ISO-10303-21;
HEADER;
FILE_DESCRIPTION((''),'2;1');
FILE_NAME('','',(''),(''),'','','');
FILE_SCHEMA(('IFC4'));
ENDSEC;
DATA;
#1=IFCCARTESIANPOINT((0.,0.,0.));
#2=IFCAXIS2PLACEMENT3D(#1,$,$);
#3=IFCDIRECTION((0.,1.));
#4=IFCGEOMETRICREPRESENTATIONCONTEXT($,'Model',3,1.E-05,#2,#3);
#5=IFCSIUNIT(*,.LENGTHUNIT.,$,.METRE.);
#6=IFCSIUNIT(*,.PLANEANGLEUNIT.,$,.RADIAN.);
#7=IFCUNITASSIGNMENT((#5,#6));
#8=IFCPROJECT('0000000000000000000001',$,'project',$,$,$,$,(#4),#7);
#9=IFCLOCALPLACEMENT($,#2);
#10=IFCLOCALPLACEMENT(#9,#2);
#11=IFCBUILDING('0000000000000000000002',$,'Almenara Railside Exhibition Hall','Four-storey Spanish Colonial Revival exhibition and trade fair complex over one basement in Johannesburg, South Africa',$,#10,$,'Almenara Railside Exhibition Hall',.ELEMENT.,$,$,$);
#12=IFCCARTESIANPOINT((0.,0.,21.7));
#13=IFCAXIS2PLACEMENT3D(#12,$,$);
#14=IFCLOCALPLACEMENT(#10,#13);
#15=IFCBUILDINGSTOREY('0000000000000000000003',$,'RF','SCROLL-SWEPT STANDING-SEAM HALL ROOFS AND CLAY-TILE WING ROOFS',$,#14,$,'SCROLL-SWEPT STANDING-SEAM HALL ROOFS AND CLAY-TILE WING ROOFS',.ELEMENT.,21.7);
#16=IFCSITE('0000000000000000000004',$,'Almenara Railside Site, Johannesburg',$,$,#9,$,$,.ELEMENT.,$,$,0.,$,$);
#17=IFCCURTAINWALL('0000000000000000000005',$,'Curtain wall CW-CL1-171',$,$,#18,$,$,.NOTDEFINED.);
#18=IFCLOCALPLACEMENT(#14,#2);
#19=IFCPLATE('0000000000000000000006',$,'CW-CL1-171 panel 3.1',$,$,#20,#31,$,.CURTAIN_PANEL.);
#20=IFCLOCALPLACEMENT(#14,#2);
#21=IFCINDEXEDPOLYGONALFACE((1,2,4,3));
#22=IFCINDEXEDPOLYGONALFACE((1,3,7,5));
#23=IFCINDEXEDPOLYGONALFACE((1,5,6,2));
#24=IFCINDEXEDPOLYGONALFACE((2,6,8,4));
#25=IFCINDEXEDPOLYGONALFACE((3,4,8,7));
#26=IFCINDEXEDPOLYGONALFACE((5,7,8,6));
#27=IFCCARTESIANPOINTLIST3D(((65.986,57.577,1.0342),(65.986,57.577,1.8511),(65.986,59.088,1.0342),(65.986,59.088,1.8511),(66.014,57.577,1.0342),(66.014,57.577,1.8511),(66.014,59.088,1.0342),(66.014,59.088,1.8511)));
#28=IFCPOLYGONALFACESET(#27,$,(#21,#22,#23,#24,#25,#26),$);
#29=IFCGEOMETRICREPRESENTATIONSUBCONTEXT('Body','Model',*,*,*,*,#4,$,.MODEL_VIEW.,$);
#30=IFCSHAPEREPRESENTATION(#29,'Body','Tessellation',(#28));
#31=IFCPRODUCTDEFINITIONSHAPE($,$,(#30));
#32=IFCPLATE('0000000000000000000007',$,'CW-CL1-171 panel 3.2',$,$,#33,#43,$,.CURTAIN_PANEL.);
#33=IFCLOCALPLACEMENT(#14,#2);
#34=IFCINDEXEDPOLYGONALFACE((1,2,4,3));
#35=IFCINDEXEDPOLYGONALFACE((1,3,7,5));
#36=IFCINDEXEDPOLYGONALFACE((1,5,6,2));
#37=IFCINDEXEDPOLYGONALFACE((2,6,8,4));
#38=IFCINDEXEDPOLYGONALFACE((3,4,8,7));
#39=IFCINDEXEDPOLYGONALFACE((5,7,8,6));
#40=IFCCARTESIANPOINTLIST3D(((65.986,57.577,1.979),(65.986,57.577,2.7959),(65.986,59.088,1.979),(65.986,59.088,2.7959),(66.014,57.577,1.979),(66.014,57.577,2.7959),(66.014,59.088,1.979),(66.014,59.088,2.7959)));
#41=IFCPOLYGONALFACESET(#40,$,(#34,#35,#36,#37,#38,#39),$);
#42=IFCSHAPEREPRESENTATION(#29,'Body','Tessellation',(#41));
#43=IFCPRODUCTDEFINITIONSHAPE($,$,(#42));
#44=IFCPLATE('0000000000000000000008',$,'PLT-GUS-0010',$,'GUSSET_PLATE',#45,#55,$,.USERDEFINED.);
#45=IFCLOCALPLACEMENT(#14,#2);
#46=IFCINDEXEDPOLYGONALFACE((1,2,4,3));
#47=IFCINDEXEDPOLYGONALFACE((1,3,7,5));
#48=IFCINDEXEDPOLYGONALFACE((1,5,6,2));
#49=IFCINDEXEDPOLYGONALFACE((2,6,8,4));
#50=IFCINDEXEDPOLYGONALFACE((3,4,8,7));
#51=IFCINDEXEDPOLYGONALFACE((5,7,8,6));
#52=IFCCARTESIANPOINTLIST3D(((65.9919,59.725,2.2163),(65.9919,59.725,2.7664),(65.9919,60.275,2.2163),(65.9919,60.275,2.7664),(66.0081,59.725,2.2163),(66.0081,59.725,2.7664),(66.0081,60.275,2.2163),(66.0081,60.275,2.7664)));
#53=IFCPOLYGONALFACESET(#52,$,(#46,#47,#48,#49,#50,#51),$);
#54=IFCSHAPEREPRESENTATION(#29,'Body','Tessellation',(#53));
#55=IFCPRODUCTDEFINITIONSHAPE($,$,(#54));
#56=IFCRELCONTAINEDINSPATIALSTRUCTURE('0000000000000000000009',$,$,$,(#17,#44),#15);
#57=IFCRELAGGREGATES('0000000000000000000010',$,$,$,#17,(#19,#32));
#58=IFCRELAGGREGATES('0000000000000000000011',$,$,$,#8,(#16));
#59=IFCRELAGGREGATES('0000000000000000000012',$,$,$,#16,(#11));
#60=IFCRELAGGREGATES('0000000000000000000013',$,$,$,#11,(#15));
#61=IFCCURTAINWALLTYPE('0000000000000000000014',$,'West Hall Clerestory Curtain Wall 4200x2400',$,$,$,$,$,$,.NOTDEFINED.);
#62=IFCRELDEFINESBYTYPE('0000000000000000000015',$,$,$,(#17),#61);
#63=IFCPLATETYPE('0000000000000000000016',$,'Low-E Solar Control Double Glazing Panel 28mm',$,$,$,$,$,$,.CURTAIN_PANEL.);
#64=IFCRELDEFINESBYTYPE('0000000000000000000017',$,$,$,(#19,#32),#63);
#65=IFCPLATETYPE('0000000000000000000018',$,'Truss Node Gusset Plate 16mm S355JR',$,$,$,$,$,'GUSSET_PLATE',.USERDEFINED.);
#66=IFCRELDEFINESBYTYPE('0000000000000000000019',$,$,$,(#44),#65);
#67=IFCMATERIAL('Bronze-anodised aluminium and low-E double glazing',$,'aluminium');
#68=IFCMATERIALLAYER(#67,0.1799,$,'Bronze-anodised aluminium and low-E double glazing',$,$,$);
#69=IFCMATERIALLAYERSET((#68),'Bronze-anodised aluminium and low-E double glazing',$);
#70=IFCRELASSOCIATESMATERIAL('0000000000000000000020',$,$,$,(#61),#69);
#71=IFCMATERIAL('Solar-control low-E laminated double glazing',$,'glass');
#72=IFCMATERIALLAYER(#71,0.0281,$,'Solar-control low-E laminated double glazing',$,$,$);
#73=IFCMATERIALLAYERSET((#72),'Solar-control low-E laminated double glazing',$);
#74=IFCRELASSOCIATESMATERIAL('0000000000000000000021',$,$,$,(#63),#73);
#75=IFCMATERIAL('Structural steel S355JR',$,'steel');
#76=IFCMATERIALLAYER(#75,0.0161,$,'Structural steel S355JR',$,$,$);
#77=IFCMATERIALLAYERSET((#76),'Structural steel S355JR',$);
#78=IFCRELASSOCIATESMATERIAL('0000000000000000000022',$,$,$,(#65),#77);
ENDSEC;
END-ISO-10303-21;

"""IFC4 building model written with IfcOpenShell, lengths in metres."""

from ifc_helpers import new_model, si_unit, direction, frame, origin, origin_2d, place, context, subcontext, project, spatial, rectangle, extrude, material, layer, layer_set, type_object, element, aggregate, save


model = new_model("IFC4")

# Units and contexts
model_context = context("Model", 3, precision=1e-05, world=origin(), true_north=direction((0.0, 1.0)))
body_context = subcontext(model_context, "Body", "Model", "MODEL_VIEW")
ifc_project = project(units=[si_unit("LENGTHUNIT", "METRE"), si_unit("PLANEANGLEUNIT", "RADIAN")], contexts=[model_context])

# Site, building, storey
site_placement = place(None, origin())
site = spatial("IfcSite", under=ifc_project, at=site_placement, Name="Almenara Railside Site, Johannesburg", CompositionType="ELEMENT", RefElevation=0.0)
building_placement = place(site_placement, origin())
building = spatial("IfcBuilding", under=site, at=building_placement, Name="Almenara Railside Exhibition Hall", Description="Four-storey Spanish Colonial Revival exhibition and trade fair complex over one basement in Johannesburg, South Africa", LongName="Almenara Railside Exhibition Hall", CompositionType="ELEMENT")
storey_placement = place(building_placement, frame((0.0, 0.0, 21.7)))
storey = spatial("IfcBuildingStorey", under=building, at=storey_placement, Name="RF", Description="SCROLL-SWEPT STANDING-SEAM HALL ROOFS AND CLAY-TILE WING ROOFS", LongName="SCROLL-SWEPT STANDING-SEAM HALL ROOFS AND CLAY-TILE WING ROOFS", CompositionType="ELEMENT", Elevation=21.7)

# Shared definitions
ifc_material_1 = material(Name="Structural steel S355JR", Category="steel")

# Shared definitions
ifc_material_2 = material(Name="Bronze-anodised aluminium and low-E double glazing", Category="aluminium")
ifc_layer_1 = layer(ifc_material_2, 0.1799, Name="Bronze-anodised aluminium and low-E double glazing")
ifc_layer_set_1 = layer_set([ifc_layer_1], Name="Bronze-anodised aluminium and low-E double glazing")
curtain_wall_type = type_object("IfcCurtainWallType", Name="West Hall Clerestory Curtain Wall 4200x2400", PredefinedType="NOTDEFINED", material=ifc_layer_set_1)

# Curtain wall
curtain_wall_1_placement = place(storey_placement, origin())
curtain_wall_1 = element("IfcCurtainWall", 1, at=curtain_wall_1_placement, inside=storey, type_object=curtain_wall_type, Name="Curtain wall CW-CL1-171", PredefinedType="NOTDEFINED")

# Plates
ifc_material_3 = material(Name="Solar-control low-E laminated double glazing", Category="glass")
ifc_layer_2 = layer(ifc_material_3, 0.0281, Name="Solar-control low-E laminated double glazing")
ifc_layer_set_2 = layer_set([ifc_layer_2], Name="Solar-control low-E laminated double glazing")
plate_type_1 = type_object("IfcPlateType", Name="Low-E Solar Control Double Glazing Panel 28mm", PredefinedType="CURTAIN_PANEL", material=ifc_layer_set_2)
plate_1_placement = place(storey_placement, frame((66.0, 58.3325, 1.0342), z_axis=(0.0, 0.0, 1.0), x_axis=(0.0, 1.0, 0.0)))
plate_1 = element("IfcPlate", 2, at=plate_1_placement, type_object=plate_type_1, Name="CW-CL1-171 panel 3.1", PredefinedType="CURTAIN_PANEL", context=body_context, shape_type="SweptSolid", body=[
    extrude(rectangle(XDim=1.511, YDim=0.0281, at=origin_2d()), origin(), (0.0, 0.0, 1.0), 0.8169),
])
plate_2_placement = place(storey_placement, frame((66.0, 58.3325, 1.979), z_axis=(0.0, 0.0, 1.0), x_axis=(0.0, 1.0, 0.0)))
plate_2 = element("IfcPlate", 3, at=plate_2_placement, type_object=plate_type_1, Name="CW-CL1-171 panel 3.2", PredefinedType="CURTAIN_PANEL", context=body_context, shape_type="SweptSolid", body=[
    extrude(rectangle(XDim=1.511, YDim=0.0281, at=origin_2d()), origin(), (0.0, 0.0, 1.0), 0.8169),
])
aggregate(curtain_wall_1, [plate_1, plate_2])
ifc_layer_3 = layer(ifc_material_1, 0.0161, Name="Structural steel S355JR")
ifc_layer_set_3 = layer_set([ifc_layer_3], Name="Structural steel S355JR")
plate_type_2 = type_object("IfcPlateType", Name="Truss Node Gusset Plate 16mm S355JR", ElementType="GUSSET_PLATE", PredefinedType="USERDEFINED", material=ifc_layer_set_3)
plate_3_placement = place(storey_placement, frame((66.0, 60.0, 2.2163), z_axis=(0.0, 0.0, 1.0), x_axis=(0.0, 1.0, 0.0)))
element("IfcPlate", 4, at=plate_3_placement, inside=storey, type_object=plate_type_2, Name="PLT-GUS-0010", ObjectType="GUSSET_PLATE", PredefinedType="USERDEFINED", context=body_context, shape_type="SweptSolid", body=[
    extrude(rectangle(XDim=0.55, YDim=0.0161, at=origin_2d()), origin(), (0.0, 0.0, 1.0), 0.55),
])

save(model, "model.ifc")
